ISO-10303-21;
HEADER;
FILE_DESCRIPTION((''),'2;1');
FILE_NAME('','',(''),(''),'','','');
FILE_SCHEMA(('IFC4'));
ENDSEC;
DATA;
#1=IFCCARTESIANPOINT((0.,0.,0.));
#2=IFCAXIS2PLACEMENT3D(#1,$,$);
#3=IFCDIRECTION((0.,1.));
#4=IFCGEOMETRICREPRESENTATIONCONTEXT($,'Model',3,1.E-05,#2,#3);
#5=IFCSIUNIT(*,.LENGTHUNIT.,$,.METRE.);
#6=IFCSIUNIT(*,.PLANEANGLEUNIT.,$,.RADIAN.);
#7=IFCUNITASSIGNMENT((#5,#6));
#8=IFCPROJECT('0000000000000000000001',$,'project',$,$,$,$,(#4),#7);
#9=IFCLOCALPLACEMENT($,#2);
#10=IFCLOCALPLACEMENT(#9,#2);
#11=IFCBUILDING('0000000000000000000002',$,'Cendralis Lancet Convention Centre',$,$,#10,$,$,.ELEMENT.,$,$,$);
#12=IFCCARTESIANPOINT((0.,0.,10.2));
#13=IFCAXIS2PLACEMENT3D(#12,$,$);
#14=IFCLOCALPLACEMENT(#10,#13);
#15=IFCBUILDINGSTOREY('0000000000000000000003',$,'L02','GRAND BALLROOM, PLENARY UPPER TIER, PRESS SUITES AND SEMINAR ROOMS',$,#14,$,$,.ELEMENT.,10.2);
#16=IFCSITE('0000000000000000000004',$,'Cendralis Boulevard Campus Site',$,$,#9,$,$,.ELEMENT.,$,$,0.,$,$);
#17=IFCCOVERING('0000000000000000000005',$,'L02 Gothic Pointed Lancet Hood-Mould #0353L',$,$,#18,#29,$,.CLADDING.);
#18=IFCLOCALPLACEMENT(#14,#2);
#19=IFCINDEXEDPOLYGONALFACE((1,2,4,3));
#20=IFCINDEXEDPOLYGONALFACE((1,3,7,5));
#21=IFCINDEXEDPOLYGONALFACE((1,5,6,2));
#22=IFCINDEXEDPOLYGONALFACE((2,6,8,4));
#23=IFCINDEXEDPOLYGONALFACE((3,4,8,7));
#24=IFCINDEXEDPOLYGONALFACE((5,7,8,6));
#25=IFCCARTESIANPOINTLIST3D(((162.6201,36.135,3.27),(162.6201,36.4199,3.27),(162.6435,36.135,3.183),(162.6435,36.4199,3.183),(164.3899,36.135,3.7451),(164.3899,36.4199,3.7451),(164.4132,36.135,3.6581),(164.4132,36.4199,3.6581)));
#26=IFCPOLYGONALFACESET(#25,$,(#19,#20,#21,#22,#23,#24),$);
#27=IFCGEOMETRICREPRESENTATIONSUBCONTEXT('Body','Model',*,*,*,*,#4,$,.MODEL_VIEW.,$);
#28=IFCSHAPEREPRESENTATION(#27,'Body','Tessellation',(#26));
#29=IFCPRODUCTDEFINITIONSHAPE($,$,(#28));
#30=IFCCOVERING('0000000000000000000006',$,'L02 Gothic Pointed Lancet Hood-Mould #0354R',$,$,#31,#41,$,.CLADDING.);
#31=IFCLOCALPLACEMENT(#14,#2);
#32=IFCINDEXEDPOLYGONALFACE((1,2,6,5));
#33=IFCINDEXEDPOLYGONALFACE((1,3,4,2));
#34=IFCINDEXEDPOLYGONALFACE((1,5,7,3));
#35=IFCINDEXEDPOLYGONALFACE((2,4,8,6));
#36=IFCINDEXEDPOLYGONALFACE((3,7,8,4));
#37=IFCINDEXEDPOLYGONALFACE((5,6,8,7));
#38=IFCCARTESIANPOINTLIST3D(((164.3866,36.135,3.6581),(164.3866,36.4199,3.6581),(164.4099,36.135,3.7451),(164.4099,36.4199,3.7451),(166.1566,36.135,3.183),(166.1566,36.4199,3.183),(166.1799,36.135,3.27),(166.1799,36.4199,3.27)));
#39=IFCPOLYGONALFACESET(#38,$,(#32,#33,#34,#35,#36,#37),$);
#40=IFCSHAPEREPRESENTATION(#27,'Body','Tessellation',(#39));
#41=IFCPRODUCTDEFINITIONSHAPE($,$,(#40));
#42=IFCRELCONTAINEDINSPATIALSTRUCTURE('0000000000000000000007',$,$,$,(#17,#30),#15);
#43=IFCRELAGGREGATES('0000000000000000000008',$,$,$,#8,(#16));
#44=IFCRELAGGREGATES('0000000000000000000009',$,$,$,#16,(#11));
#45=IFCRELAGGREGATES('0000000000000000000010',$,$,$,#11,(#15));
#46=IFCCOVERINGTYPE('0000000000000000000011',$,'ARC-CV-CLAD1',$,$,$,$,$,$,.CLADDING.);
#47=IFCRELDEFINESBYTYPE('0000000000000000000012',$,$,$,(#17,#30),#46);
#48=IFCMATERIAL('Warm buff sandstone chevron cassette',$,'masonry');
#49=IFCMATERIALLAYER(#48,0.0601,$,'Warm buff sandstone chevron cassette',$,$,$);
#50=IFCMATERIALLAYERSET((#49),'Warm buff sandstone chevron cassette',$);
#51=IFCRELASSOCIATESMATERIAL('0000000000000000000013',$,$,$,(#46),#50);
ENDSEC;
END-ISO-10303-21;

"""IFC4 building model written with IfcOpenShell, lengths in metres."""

from ifc_helpers import new_model, si_unit, direction, frame, origin, place, context, subcontext, project, spatial, polyline, outline, extrude, material, layer, layer_set, type_object, element, save


model = new_model("IFC4")

# Units and contexts
model_context = context("Model", 3, precision=1e-05, world=origin(), true_north=direction((0.0, 1.0)))
body_context = subcontext(model_context, "Body", "Model", "MODEL_VIEW")
ifc_project = project(units=[si_unit("LENGTHUNIT", "METRE"), si_unit("PLANEANGLEUNIT", "RADIAN")], contexts=[model_context])

# Site, building, storey
site_placement = place(None, origin())
site = spatial("IfcSite", under=ifc_project, at=site_placement, Name="Cendralis Boulevard Campus Site", CompositionType="ELEMENT", RefElevation=0.0)
building_placement = place(site_placement, origin())
building = spatial("IfcBuilding", under=site, at=building_placement, Name="Cendralis Lancet Convention Centre", CompositionType="ELEMENT")
storey_placement = place(building_placement, frame((0.0, 0.0, 10.2)))
storey = spatial("IfcBuildingStorey", under=building, at=storey_placement, Name="L02", Description="GRAND BALLROOM, PLENARY UPPER TIER, PRESS SUITES AND SEMINAR ROOMS", CompositionType="ELEMENT", Elevation=10.2)

# Coverings
ifc_material_1 = material(Name="Warm buff sandstone chevron cassette", Category="masonry")
ifc_layer_1 = layer(ifc_material_1, 0.0601, Name="Warm buff sandstone chevron cassette")
ifc_layer_set_1 = layer_set([ifc_layer_1], Name="Warm buff sandstone chevron cassette")
covering_type = type_object("IfcCoveringType", Name="ARC-CV-CLAD1", PredefinedType="CLADDING", material=ifc_layer_set_1)
covering_1_placement = place(storey_placement, frame((162.6201, 36.4199, 3.27), z_axis=(-0.259271, 0.0, 0.965805), x_axis=(0.0, -1.0, 0.0)))
element("IfcCovering", 1, at=covering_1_placement, inside=storey, type_object=covering_type, Name="L02 Gothic Pointed Lancet Hood-Mould #0353L", PredefinedType="CLADDING", context=body_context, shape_type="SweptSolid", body=[
    extrude(outline(polyline([(0.0, 0.0), (0.2849, 0.0), (0.2849, 1.8324), (0.0, 1.8324), (0.0, 0.0)])), origin(), (0.0, 0.0, -1.0), 0.0901),
])
covering_2_placement = place(storey_placement, frame((164.4099, 36.4199, 3.7451), z_axis=(0.259238, 0.0, 0.965814), x_axis=(0.0, -1.0, 0.0)))
element("IfcCovering", 2, at=covering_2_placement, inside=storey, type_object=covering_type, Name="L02 Gothic Pointed Lancet Hood-Mould #0354R", PredefinedType="CLADDING", context=body_context, shape_type="SweptSolid", body=[
    extrude(outline(polyline([(0.0, 0.0), (0.2849, 0.0), (0.2849, 1.8327), (0.0, 1.8327), (0.0, 0.0)])), origin(), (0.0, 0.0, -1.0), 0.0901),
])

save(model, "model.ifc")
